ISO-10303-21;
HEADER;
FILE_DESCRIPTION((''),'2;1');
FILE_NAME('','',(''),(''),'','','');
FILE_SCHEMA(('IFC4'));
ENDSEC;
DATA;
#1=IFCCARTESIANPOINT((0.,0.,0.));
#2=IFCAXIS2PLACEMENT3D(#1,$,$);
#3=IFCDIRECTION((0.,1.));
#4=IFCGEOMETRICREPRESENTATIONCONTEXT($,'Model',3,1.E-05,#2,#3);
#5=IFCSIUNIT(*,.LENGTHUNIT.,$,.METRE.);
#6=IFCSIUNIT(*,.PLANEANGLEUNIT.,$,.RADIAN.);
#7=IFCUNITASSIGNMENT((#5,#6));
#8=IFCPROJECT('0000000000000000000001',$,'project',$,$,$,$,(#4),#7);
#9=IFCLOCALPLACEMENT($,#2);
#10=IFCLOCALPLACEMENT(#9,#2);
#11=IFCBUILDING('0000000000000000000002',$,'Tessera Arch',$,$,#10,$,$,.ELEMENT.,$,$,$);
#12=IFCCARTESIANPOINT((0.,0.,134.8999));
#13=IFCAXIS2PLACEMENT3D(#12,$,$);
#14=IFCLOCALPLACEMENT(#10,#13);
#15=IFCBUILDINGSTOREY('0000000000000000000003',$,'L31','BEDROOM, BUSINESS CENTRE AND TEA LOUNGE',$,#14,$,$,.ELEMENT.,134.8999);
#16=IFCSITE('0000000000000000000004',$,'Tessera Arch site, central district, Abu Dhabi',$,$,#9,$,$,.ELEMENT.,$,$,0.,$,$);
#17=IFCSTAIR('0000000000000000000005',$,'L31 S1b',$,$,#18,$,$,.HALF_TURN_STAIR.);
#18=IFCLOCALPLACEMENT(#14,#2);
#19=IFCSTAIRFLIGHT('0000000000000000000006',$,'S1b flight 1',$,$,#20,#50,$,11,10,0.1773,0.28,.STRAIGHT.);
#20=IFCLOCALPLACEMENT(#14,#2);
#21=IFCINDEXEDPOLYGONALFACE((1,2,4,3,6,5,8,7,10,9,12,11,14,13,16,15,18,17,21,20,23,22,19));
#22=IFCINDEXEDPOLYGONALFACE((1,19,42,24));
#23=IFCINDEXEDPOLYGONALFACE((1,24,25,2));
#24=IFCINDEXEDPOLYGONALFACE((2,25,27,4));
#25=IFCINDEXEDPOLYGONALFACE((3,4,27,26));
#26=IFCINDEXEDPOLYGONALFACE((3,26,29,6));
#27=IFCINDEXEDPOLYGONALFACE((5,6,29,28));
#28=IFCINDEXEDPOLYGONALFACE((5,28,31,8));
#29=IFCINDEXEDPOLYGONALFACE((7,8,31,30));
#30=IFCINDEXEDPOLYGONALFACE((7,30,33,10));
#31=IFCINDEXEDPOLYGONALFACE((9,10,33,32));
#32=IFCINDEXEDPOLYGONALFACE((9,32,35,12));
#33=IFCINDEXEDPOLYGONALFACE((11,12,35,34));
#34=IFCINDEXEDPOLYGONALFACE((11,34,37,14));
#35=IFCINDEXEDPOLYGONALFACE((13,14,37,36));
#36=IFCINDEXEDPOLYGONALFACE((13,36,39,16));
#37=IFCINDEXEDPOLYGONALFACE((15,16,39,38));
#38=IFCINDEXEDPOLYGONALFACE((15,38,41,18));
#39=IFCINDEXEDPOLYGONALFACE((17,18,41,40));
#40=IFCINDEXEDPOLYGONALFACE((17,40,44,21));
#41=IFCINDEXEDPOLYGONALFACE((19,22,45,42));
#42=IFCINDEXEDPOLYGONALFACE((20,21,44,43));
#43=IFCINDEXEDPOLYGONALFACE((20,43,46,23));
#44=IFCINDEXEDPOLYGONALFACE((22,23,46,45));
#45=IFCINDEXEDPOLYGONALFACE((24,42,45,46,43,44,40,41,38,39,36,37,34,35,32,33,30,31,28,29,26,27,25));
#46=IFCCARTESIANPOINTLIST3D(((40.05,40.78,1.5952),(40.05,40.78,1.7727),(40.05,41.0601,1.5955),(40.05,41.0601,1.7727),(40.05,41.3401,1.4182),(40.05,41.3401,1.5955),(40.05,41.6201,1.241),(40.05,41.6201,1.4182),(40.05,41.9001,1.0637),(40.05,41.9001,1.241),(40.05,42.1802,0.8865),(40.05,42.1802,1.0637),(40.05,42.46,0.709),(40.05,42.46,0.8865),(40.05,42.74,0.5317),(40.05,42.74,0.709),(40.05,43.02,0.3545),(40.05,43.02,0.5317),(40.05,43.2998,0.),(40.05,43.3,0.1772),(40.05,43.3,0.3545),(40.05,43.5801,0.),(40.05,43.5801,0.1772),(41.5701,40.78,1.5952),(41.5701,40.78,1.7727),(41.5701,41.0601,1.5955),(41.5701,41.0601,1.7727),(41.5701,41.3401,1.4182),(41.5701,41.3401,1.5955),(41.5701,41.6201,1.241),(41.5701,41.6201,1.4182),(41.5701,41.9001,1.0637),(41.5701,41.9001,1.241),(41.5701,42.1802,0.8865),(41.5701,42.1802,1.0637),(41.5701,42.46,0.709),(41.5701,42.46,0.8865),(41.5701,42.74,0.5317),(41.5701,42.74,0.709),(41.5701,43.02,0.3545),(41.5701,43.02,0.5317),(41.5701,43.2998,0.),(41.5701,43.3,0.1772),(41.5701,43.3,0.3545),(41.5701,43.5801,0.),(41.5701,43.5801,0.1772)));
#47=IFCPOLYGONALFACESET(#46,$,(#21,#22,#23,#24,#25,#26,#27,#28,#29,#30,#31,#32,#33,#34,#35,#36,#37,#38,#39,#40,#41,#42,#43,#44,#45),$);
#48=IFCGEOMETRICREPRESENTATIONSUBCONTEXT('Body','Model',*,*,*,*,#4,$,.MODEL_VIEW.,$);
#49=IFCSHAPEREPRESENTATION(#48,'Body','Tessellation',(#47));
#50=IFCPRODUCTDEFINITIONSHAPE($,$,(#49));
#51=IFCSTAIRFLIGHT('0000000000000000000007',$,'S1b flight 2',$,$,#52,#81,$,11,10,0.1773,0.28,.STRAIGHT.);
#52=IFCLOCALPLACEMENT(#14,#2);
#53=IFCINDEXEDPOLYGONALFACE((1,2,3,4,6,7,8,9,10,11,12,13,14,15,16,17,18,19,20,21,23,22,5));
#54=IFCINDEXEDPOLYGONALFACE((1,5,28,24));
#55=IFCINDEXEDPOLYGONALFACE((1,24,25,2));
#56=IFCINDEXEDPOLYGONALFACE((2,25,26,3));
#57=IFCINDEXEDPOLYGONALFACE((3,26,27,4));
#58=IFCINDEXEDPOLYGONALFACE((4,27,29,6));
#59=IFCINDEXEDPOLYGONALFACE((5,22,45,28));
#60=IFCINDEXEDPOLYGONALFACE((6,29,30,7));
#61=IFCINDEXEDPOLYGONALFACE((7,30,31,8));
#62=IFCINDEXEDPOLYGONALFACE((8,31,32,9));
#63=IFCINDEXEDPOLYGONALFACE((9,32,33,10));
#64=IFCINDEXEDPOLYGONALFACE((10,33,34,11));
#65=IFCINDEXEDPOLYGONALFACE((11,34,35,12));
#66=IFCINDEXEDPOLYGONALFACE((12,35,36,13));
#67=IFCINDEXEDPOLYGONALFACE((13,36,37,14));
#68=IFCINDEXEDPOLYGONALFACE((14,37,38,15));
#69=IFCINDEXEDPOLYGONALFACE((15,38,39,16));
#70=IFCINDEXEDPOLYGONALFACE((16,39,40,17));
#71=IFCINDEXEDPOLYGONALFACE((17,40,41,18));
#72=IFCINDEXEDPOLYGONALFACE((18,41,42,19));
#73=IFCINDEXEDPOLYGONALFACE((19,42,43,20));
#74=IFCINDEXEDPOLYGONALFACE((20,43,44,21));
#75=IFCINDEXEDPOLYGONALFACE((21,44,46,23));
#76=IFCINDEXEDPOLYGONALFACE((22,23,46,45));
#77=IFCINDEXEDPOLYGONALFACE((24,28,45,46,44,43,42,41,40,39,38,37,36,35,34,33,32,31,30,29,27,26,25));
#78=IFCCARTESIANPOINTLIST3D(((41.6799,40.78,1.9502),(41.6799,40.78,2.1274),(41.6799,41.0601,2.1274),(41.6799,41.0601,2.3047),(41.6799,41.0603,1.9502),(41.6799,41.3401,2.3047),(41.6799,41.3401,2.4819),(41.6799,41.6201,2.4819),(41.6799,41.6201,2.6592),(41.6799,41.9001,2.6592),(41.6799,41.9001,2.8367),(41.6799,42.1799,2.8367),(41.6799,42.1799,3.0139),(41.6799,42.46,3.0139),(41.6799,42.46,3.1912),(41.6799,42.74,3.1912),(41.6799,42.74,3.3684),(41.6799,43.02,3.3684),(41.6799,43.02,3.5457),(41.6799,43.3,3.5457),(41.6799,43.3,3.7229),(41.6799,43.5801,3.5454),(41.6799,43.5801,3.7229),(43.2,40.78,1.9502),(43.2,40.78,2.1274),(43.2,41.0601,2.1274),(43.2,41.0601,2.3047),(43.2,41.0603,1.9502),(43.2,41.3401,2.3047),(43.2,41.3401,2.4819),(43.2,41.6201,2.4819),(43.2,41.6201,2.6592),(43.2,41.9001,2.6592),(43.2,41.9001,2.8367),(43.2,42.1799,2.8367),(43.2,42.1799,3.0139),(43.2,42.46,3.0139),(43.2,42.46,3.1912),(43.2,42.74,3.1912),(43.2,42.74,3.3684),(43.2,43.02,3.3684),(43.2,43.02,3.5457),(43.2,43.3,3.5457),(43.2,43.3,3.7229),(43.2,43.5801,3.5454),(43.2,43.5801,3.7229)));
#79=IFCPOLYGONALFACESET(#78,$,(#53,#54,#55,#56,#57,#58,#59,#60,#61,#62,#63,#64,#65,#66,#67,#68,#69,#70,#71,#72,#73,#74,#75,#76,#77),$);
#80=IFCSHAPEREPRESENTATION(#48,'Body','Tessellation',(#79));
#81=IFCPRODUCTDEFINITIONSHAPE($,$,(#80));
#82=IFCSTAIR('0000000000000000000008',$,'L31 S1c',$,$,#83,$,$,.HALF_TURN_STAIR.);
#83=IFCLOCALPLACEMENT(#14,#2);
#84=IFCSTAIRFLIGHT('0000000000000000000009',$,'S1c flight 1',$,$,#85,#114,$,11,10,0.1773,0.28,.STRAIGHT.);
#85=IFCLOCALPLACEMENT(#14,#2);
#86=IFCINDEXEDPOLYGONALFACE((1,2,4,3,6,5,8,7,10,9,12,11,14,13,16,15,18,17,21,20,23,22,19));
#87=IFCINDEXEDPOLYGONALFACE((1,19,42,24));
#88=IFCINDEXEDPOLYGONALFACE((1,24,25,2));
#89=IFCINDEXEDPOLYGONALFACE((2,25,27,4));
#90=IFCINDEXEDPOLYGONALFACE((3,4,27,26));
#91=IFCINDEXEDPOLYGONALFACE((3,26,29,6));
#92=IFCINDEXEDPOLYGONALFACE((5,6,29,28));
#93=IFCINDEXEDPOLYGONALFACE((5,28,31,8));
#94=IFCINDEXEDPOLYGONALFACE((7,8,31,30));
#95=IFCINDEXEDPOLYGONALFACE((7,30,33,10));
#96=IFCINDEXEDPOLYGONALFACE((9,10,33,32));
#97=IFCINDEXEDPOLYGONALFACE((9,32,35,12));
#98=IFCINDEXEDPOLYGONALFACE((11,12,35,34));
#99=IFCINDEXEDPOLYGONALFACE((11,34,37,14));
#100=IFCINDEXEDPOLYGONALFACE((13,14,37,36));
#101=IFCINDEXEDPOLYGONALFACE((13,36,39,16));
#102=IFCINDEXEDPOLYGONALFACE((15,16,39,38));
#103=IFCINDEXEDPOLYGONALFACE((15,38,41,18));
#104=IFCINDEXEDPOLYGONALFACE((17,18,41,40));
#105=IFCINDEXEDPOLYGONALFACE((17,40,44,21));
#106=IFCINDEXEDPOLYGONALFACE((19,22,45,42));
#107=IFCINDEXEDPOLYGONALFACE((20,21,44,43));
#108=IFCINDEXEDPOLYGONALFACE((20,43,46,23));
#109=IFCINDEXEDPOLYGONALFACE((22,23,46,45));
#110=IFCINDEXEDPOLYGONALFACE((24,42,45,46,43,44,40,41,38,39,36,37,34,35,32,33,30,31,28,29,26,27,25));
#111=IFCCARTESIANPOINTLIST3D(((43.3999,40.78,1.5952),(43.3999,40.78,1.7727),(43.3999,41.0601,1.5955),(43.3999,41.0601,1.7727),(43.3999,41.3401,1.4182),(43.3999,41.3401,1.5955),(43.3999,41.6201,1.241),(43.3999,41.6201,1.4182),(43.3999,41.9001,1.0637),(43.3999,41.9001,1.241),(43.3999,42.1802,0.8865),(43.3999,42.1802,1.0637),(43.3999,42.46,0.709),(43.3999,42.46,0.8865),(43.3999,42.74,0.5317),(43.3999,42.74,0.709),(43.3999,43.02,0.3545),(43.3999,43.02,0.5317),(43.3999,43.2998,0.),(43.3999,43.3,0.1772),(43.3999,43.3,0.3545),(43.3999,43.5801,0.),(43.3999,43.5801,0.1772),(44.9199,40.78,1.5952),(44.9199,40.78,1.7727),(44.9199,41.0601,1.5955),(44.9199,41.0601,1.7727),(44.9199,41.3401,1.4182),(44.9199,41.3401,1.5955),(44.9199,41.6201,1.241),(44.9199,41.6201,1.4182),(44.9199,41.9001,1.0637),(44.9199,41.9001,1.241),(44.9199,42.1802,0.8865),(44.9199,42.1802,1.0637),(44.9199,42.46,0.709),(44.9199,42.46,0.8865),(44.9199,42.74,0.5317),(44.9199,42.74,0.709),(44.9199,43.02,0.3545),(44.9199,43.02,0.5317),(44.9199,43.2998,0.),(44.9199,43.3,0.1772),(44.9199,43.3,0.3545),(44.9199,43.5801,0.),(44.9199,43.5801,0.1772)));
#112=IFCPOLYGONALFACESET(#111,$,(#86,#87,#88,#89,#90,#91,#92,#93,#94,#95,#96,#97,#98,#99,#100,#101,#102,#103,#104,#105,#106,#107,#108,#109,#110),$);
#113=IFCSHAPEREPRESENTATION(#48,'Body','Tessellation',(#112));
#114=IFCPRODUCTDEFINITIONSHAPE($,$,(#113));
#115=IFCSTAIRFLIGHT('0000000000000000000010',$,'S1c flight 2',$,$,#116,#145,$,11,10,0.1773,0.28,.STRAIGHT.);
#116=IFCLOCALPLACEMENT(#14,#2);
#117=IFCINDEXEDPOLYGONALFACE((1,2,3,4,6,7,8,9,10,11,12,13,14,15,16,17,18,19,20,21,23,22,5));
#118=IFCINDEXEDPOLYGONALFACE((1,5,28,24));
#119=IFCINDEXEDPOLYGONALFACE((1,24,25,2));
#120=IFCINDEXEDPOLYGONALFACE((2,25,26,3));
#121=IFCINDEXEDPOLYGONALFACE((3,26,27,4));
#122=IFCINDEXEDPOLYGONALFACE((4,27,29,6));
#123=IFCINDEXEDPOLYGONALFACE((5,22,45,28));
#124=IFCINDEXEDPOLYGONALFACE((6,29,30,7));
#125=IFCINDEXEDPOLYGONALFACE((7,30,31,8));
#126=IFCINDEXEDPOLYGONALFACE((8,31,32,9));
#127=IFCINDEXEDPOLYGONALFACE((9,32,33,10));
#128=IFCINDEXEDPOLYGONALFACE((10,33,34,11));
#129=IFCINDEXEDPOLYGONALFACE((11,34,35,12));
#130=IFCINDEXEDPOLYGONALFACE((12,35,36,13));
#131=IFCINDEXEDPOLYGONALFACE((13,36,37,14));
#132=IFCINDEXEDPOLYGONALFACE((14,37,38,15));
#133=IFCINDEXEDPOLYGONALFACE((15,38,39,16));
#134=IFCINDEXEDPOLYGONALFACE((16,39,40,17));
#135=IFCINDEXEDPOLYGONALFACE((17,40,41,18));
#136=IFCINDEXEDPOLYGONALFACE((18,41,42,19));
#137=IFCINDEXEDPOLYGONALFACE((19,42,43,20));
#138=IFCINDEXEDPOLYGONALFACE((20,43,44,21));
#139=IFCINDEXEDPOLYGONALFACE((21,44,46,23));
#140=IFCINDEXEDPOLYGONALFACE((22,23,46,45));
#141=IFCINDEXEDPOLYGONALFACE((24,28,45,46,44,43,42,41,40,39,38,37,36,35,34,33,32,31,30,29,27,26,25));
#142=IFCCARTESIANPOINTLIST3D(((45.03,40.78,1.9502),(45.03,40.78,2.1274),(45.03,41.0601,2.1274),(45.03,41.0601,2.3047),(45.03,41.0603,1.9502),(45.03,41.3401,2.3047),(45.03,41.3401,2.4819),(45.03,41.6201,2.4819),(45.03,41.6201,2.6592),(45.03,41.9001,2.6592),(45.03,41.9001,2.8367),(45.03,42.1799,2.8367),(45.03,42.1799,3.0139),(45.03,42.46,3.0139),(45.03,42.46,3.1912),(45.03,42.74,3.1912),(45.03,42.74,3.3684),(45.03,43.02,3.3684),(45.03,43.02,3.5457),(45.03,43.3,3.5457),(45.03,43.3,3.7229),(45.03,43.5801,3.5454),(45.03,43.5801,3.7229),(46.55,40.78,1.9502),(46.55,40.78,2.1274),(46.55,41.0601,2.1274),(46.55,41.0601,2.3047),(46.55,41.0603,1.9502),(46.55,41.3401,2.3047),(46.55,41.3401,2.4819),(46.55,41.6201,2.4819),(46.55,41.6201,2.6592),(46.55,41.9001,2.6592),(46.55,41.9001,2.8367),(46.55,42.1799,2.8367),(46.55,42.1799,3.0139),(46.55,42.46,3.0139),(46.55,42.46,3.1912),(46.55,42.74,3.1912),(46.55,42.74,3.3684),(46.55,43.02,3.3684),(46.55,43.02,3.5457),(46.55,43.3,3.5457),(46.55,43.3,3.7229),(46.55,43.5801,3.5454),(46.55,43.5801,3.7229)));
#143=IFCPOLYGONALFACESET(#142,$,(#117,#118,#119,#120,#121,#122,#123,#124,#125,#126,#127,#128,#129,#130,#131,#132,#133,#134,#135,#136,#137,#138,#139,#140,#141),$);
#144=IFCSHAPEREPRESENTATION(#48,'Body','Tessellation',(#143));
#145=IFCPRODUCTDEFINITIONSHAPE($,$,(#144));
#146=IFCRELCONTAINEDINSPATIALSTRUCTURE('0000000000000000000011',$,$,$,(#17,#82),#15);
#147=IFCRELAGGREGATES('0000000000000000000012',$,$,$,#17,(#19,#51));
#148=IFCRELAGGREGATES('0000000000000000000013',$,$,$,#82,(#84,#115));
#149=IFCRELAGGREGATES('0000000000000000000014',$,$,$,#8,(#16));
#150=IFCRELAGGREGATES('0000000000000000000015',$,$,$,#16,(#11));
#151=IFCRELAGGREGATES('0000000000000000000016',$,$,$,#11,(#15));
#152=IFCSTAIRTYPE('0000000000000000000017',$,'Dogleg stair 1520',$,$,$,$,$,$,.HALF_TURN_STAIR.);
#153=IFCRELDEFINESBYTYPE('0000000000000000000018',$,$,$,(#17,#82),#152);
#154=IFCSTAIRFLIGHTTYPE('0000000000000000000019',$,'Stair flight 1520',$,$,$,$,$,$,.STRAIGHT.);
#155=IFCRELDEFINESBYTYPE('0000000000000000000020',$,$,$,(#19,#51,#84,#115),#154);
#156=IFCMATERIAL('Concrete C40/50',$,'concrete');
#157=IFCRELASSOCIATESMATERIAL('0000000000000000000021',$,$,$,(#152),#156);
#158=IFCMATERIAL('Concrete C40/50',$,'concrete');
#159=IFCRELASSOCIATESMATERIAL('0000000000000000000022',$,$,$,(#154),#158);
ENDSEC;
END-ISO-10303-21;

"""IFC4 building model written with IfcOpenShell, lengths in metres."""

from ifc_helpers import new_model, si_unit, direction, frame, origin, place, context, subcontext, project, spatial, polyline, outline, extrude, material, type_object, element, aggregate, save


model = new_model("IFC4")

# Units and contexts
model_context = context("Model", 3, precision=1e-05, world=origin(), true_north=direction((0.0, 1.0)))
body_context = subcontext(model_context, "Body", "Model", "MODEL_VIEW")
ifc_project = project(units=[si_unit("LENGTHUNIT", "METRE"), si_unit("PLANEANGLEUNIT", "RADIAN")], contexts=[model_context])

# Site, building, storey
site_placement = place(None, origin())
site = spatial("IfcSite", under=ifc_project, at=site_placement, Name="Tessera Arch site, central district, Abu Dhabi", CompositionType="ELEMENT", RefElevation=0.0)
building_placement = place(site_placement, origin())
building = spatial("IfcBuilding", under=site, at=building_placement, Name="Tessera Arch", CompositionType="ELEMENT")
storey_placement = place(building_placement, frame((0.0, 0.0, 134.8999)))
storey = spatial("IfcBuildingStorey", under=building, at=storey_placement, Name="L31", Description="BEDROOM, BUSINESS CENTRE AND TEA LOUNGE", CompositionType="ELEMENT", Elevation=134.8999)

# Stairs, stair flights
ifc_material_1 = material(Name="Concrete C40/50", Category="concrete")
stair_type = type_object("IfcStairType", Name="Dogleg stair 1520", PredefinedType="HALF_TURN_STAIR", material=ifc_material_1)
stair_1_placement = place(storey_placement, origin())
stair_1 = element("IfcStair", 1, at=stair_1_placement, inside=storey, type_object=stair_type, Name="L31 S1b", PredefinedType="HALF_TURN_STAIR")
ifc_material_2 = material(Name="Concrete C40/50", Category="concrete")
stair_flight_type = type_object("IfcStairFlightType", Name="Stair flight 1520", PredefinedType="STRAIGHT", material=ifc_material_2)
stair_flight_1_placement = place(storey_placement, frame((40.8101, 43.5801, 0.0), z_axis=(0.0, 0.0, 1.0), x_axis=(0.0, -1.0, 0.0)))
stair_flight_1 = element("IfcStairFlight", 2, at=stair_flight_1_placement, type_object=stair_flight_type, Name="S1b flight 1", NumberOfRisers=11, NumberOfTreads=10, PredefinedType="STRAIGHT", RiserHeight=0.1773, TreadLength=0.28, context=body_context, shape_type="SweptSolid", body=[
    extrude(outline(polyline([(0.0, 0.0), (0.0, 0.1772), (0.28, 0.1772), (0.28, 0.3545), (0.5601, 0.3545), (0.5601, 0.5317), (0.8401, 0.5317), (0.8401, 0.709), (1.1201, 0.709), (1.1201, 0.8865), (1.3999, 0.8865), (1.3999, 1.0637), (1.6799, 1.0637), (1.6799, 1.241), (1.96, 1.241), (1.96, 1.4182), (2.24, 1.4182), (2.24, 1.5955), (2.52, 1.5955), (2.52, 1.7727), (2.8, 1.7727), (2.8, 1.95), (2.8, 1.5952), (0.2803, 0.0), (0.0, 0.0)])), frame((0.0, 0.76, 0.0), z_axis=(0.0, -1.0, 0.0), x_axis=(1.0, 0.0, 0.0)), (0.0, 0.0, 1.0), 1.52),
])
stair_flight_2_placement = place(storey_placement, frame((42.4399, 40.78, 1.9502), z_axis=(0.0, 0.0, 1.0), x_axis=(0.0, 1.0, 0.0)))
stair_flight_2 = element("IfcStairFlight", 3, at=stair_flight_2_placement, type_object=stair_flight_type, Name="S1b flight 2", NumberOfRisers=11, NumberOfTreads=10, PredefinedType="STRAIGHT", RiserHeight=0.1773, TreadLength=0.28, context=body_context, shape_type="SweptSolid", body=[
    extrude(outline(polyline([(0.0, 0.0), (0.0, 0.1772), (0.28, 0.1772), (0.28, 0.3545), (0.5601, 0.3545), (0.5601, 0.5317), (0.8401, 0.5317), (0.8401, 0.709), (1.1201, 0.709), (1.1201, 0.8865), (1.3999, 0.8865), (1.3999, 1.0637), (1.6799, 1.0637), (1.6799, 1.241), (1.96, 1.241), (1.96, 1.4182), (2.24, 1.4182), (2.24, 1.5955), (2.52, 1.5955), (2.52, 1.7727), (2.8, 1.7727), (2.8, 1.95), (2.8, 1.5952), (0.2803, 0.0), (0.0, 0.0)])), frame((0.0, 0.76, 0.0), z_axis=(0.0, -1.0, 0.0), x_axis=(1.0, 0.0, 0.0)), (0.0, 0.0, 1.0), 1.52),
])
aggregate(stair_1, [stair_flight_1, stair_flight_2])
stair_2_placement = place(storey_placement, origin())
stair_2 = element("IfcStair", 4, at=stair_2_placement, inside=storey, type_object=stair_type, Name="L31 S1c", PredefinedType="HALF_TURN_STAIR")
stair_flight_3_placement = place(storey_placement, frame((44.1599, 43.5801, 0.0), z_axis=(0.0, 0.0, 1.0), x_axis=(0.0, -1.0, 0.0)))
stair_flight_3 = element("IfcStairFlight", 5, at=stair_flight_3_placement, type_object=stair_flight_type, Name="S1c flight 1", NumberOfRisers=11, NumberOfTreads=10, PredefinedType="STRAIGHT", RiserHeight=0.1773, TreadLength=0.28, context=body_context, shape_type="SweptSolid", body=[
    extrude(outline(polyline([(0.0, 0.0), (0.0, 0.1772), (0.28, 0.1772), (0.28, 0.3545), (0.5601, 0.3545), (0.5601, 0.5317), (0.8401, 0.5317), (0.8401, 0.709), (1.1201, 0.709), (1.1201, 0.8865), (1.3999, 0.8865), (1.3999, 1.0637), (1.6799, 1.0637), (1.6799, 1.241), (1.96, 1.241), (1.96, 1.4182), (2.24, 1.4182), (2.24, 1.5955), (2.52, 1.5955), (2.52, 1.7727), (2.8, 1.7727), (2.8, 1.95), (2.8, 1.5952), (0.2803, 0.0), (0.0, 0.0)])), frame((0.0, 0.76, 0.0), z_axis=(0.0, -1.0, 0.0), x_axis=(1.0, 0.0, 0.0)), (0.0, 0.0, 1.0), 1.52),
])
stair_flight_4_placement = place(storey_placement, frame((45.79, 40.78, 1.9502), z_axis=(0.0, 0.0, 1.0), x_axis=(0.0, 1.0, 0.0)))
stair_flight_4 = element("IfcStairFlight", 6, at=stair_flight_4_placement, type_object=stair_flight_type, Name="S1c flight 2", NumberOfRisers=11, NumberOfTreads=10, PredefinedType="STRAIGHT", RiserHeight=0.1773, TreadLength=0.28, context=body_context, shape_type="SweptSolid", body=[
    extrude(outline(polyline([(0.0, 0.0), (0.0, 0.1772), (0.28, 0.1772), (0.28, 0.3545), (0.5601, 0.3545), (0.5601, 0.5317), (0.8401, 0.5317), (0.8401, 0.709), (1.1201, 0.709), (1.1201, 0.8865), (1.3999, 0.8865), (1.3999, 1.0637), (1.6799, 1.0637), (1.6799, 1.241), (1.96, 1.241), (1.96, 1.4182), (2.24, 1.4182), (2.24, 1.5955), (2.52, 1.5955), (2.52, 1.7727), (2.8, 1.7727), (2.8, 1.95), (2.8, 1.5952), (0.2803, 0.0), (0.0, 0.0)])), frame((0.0, 0.76, 0.0), z_axis=(0.0, -1.0, 0.0), x_axis=(1.0, 0.0, 0.0)), (0.0, 0.0, 1.0), 1.52),
])
aggregate(stair_2, [stair_flight_3, stair_flight_4])

save(model, "model.ifc")
